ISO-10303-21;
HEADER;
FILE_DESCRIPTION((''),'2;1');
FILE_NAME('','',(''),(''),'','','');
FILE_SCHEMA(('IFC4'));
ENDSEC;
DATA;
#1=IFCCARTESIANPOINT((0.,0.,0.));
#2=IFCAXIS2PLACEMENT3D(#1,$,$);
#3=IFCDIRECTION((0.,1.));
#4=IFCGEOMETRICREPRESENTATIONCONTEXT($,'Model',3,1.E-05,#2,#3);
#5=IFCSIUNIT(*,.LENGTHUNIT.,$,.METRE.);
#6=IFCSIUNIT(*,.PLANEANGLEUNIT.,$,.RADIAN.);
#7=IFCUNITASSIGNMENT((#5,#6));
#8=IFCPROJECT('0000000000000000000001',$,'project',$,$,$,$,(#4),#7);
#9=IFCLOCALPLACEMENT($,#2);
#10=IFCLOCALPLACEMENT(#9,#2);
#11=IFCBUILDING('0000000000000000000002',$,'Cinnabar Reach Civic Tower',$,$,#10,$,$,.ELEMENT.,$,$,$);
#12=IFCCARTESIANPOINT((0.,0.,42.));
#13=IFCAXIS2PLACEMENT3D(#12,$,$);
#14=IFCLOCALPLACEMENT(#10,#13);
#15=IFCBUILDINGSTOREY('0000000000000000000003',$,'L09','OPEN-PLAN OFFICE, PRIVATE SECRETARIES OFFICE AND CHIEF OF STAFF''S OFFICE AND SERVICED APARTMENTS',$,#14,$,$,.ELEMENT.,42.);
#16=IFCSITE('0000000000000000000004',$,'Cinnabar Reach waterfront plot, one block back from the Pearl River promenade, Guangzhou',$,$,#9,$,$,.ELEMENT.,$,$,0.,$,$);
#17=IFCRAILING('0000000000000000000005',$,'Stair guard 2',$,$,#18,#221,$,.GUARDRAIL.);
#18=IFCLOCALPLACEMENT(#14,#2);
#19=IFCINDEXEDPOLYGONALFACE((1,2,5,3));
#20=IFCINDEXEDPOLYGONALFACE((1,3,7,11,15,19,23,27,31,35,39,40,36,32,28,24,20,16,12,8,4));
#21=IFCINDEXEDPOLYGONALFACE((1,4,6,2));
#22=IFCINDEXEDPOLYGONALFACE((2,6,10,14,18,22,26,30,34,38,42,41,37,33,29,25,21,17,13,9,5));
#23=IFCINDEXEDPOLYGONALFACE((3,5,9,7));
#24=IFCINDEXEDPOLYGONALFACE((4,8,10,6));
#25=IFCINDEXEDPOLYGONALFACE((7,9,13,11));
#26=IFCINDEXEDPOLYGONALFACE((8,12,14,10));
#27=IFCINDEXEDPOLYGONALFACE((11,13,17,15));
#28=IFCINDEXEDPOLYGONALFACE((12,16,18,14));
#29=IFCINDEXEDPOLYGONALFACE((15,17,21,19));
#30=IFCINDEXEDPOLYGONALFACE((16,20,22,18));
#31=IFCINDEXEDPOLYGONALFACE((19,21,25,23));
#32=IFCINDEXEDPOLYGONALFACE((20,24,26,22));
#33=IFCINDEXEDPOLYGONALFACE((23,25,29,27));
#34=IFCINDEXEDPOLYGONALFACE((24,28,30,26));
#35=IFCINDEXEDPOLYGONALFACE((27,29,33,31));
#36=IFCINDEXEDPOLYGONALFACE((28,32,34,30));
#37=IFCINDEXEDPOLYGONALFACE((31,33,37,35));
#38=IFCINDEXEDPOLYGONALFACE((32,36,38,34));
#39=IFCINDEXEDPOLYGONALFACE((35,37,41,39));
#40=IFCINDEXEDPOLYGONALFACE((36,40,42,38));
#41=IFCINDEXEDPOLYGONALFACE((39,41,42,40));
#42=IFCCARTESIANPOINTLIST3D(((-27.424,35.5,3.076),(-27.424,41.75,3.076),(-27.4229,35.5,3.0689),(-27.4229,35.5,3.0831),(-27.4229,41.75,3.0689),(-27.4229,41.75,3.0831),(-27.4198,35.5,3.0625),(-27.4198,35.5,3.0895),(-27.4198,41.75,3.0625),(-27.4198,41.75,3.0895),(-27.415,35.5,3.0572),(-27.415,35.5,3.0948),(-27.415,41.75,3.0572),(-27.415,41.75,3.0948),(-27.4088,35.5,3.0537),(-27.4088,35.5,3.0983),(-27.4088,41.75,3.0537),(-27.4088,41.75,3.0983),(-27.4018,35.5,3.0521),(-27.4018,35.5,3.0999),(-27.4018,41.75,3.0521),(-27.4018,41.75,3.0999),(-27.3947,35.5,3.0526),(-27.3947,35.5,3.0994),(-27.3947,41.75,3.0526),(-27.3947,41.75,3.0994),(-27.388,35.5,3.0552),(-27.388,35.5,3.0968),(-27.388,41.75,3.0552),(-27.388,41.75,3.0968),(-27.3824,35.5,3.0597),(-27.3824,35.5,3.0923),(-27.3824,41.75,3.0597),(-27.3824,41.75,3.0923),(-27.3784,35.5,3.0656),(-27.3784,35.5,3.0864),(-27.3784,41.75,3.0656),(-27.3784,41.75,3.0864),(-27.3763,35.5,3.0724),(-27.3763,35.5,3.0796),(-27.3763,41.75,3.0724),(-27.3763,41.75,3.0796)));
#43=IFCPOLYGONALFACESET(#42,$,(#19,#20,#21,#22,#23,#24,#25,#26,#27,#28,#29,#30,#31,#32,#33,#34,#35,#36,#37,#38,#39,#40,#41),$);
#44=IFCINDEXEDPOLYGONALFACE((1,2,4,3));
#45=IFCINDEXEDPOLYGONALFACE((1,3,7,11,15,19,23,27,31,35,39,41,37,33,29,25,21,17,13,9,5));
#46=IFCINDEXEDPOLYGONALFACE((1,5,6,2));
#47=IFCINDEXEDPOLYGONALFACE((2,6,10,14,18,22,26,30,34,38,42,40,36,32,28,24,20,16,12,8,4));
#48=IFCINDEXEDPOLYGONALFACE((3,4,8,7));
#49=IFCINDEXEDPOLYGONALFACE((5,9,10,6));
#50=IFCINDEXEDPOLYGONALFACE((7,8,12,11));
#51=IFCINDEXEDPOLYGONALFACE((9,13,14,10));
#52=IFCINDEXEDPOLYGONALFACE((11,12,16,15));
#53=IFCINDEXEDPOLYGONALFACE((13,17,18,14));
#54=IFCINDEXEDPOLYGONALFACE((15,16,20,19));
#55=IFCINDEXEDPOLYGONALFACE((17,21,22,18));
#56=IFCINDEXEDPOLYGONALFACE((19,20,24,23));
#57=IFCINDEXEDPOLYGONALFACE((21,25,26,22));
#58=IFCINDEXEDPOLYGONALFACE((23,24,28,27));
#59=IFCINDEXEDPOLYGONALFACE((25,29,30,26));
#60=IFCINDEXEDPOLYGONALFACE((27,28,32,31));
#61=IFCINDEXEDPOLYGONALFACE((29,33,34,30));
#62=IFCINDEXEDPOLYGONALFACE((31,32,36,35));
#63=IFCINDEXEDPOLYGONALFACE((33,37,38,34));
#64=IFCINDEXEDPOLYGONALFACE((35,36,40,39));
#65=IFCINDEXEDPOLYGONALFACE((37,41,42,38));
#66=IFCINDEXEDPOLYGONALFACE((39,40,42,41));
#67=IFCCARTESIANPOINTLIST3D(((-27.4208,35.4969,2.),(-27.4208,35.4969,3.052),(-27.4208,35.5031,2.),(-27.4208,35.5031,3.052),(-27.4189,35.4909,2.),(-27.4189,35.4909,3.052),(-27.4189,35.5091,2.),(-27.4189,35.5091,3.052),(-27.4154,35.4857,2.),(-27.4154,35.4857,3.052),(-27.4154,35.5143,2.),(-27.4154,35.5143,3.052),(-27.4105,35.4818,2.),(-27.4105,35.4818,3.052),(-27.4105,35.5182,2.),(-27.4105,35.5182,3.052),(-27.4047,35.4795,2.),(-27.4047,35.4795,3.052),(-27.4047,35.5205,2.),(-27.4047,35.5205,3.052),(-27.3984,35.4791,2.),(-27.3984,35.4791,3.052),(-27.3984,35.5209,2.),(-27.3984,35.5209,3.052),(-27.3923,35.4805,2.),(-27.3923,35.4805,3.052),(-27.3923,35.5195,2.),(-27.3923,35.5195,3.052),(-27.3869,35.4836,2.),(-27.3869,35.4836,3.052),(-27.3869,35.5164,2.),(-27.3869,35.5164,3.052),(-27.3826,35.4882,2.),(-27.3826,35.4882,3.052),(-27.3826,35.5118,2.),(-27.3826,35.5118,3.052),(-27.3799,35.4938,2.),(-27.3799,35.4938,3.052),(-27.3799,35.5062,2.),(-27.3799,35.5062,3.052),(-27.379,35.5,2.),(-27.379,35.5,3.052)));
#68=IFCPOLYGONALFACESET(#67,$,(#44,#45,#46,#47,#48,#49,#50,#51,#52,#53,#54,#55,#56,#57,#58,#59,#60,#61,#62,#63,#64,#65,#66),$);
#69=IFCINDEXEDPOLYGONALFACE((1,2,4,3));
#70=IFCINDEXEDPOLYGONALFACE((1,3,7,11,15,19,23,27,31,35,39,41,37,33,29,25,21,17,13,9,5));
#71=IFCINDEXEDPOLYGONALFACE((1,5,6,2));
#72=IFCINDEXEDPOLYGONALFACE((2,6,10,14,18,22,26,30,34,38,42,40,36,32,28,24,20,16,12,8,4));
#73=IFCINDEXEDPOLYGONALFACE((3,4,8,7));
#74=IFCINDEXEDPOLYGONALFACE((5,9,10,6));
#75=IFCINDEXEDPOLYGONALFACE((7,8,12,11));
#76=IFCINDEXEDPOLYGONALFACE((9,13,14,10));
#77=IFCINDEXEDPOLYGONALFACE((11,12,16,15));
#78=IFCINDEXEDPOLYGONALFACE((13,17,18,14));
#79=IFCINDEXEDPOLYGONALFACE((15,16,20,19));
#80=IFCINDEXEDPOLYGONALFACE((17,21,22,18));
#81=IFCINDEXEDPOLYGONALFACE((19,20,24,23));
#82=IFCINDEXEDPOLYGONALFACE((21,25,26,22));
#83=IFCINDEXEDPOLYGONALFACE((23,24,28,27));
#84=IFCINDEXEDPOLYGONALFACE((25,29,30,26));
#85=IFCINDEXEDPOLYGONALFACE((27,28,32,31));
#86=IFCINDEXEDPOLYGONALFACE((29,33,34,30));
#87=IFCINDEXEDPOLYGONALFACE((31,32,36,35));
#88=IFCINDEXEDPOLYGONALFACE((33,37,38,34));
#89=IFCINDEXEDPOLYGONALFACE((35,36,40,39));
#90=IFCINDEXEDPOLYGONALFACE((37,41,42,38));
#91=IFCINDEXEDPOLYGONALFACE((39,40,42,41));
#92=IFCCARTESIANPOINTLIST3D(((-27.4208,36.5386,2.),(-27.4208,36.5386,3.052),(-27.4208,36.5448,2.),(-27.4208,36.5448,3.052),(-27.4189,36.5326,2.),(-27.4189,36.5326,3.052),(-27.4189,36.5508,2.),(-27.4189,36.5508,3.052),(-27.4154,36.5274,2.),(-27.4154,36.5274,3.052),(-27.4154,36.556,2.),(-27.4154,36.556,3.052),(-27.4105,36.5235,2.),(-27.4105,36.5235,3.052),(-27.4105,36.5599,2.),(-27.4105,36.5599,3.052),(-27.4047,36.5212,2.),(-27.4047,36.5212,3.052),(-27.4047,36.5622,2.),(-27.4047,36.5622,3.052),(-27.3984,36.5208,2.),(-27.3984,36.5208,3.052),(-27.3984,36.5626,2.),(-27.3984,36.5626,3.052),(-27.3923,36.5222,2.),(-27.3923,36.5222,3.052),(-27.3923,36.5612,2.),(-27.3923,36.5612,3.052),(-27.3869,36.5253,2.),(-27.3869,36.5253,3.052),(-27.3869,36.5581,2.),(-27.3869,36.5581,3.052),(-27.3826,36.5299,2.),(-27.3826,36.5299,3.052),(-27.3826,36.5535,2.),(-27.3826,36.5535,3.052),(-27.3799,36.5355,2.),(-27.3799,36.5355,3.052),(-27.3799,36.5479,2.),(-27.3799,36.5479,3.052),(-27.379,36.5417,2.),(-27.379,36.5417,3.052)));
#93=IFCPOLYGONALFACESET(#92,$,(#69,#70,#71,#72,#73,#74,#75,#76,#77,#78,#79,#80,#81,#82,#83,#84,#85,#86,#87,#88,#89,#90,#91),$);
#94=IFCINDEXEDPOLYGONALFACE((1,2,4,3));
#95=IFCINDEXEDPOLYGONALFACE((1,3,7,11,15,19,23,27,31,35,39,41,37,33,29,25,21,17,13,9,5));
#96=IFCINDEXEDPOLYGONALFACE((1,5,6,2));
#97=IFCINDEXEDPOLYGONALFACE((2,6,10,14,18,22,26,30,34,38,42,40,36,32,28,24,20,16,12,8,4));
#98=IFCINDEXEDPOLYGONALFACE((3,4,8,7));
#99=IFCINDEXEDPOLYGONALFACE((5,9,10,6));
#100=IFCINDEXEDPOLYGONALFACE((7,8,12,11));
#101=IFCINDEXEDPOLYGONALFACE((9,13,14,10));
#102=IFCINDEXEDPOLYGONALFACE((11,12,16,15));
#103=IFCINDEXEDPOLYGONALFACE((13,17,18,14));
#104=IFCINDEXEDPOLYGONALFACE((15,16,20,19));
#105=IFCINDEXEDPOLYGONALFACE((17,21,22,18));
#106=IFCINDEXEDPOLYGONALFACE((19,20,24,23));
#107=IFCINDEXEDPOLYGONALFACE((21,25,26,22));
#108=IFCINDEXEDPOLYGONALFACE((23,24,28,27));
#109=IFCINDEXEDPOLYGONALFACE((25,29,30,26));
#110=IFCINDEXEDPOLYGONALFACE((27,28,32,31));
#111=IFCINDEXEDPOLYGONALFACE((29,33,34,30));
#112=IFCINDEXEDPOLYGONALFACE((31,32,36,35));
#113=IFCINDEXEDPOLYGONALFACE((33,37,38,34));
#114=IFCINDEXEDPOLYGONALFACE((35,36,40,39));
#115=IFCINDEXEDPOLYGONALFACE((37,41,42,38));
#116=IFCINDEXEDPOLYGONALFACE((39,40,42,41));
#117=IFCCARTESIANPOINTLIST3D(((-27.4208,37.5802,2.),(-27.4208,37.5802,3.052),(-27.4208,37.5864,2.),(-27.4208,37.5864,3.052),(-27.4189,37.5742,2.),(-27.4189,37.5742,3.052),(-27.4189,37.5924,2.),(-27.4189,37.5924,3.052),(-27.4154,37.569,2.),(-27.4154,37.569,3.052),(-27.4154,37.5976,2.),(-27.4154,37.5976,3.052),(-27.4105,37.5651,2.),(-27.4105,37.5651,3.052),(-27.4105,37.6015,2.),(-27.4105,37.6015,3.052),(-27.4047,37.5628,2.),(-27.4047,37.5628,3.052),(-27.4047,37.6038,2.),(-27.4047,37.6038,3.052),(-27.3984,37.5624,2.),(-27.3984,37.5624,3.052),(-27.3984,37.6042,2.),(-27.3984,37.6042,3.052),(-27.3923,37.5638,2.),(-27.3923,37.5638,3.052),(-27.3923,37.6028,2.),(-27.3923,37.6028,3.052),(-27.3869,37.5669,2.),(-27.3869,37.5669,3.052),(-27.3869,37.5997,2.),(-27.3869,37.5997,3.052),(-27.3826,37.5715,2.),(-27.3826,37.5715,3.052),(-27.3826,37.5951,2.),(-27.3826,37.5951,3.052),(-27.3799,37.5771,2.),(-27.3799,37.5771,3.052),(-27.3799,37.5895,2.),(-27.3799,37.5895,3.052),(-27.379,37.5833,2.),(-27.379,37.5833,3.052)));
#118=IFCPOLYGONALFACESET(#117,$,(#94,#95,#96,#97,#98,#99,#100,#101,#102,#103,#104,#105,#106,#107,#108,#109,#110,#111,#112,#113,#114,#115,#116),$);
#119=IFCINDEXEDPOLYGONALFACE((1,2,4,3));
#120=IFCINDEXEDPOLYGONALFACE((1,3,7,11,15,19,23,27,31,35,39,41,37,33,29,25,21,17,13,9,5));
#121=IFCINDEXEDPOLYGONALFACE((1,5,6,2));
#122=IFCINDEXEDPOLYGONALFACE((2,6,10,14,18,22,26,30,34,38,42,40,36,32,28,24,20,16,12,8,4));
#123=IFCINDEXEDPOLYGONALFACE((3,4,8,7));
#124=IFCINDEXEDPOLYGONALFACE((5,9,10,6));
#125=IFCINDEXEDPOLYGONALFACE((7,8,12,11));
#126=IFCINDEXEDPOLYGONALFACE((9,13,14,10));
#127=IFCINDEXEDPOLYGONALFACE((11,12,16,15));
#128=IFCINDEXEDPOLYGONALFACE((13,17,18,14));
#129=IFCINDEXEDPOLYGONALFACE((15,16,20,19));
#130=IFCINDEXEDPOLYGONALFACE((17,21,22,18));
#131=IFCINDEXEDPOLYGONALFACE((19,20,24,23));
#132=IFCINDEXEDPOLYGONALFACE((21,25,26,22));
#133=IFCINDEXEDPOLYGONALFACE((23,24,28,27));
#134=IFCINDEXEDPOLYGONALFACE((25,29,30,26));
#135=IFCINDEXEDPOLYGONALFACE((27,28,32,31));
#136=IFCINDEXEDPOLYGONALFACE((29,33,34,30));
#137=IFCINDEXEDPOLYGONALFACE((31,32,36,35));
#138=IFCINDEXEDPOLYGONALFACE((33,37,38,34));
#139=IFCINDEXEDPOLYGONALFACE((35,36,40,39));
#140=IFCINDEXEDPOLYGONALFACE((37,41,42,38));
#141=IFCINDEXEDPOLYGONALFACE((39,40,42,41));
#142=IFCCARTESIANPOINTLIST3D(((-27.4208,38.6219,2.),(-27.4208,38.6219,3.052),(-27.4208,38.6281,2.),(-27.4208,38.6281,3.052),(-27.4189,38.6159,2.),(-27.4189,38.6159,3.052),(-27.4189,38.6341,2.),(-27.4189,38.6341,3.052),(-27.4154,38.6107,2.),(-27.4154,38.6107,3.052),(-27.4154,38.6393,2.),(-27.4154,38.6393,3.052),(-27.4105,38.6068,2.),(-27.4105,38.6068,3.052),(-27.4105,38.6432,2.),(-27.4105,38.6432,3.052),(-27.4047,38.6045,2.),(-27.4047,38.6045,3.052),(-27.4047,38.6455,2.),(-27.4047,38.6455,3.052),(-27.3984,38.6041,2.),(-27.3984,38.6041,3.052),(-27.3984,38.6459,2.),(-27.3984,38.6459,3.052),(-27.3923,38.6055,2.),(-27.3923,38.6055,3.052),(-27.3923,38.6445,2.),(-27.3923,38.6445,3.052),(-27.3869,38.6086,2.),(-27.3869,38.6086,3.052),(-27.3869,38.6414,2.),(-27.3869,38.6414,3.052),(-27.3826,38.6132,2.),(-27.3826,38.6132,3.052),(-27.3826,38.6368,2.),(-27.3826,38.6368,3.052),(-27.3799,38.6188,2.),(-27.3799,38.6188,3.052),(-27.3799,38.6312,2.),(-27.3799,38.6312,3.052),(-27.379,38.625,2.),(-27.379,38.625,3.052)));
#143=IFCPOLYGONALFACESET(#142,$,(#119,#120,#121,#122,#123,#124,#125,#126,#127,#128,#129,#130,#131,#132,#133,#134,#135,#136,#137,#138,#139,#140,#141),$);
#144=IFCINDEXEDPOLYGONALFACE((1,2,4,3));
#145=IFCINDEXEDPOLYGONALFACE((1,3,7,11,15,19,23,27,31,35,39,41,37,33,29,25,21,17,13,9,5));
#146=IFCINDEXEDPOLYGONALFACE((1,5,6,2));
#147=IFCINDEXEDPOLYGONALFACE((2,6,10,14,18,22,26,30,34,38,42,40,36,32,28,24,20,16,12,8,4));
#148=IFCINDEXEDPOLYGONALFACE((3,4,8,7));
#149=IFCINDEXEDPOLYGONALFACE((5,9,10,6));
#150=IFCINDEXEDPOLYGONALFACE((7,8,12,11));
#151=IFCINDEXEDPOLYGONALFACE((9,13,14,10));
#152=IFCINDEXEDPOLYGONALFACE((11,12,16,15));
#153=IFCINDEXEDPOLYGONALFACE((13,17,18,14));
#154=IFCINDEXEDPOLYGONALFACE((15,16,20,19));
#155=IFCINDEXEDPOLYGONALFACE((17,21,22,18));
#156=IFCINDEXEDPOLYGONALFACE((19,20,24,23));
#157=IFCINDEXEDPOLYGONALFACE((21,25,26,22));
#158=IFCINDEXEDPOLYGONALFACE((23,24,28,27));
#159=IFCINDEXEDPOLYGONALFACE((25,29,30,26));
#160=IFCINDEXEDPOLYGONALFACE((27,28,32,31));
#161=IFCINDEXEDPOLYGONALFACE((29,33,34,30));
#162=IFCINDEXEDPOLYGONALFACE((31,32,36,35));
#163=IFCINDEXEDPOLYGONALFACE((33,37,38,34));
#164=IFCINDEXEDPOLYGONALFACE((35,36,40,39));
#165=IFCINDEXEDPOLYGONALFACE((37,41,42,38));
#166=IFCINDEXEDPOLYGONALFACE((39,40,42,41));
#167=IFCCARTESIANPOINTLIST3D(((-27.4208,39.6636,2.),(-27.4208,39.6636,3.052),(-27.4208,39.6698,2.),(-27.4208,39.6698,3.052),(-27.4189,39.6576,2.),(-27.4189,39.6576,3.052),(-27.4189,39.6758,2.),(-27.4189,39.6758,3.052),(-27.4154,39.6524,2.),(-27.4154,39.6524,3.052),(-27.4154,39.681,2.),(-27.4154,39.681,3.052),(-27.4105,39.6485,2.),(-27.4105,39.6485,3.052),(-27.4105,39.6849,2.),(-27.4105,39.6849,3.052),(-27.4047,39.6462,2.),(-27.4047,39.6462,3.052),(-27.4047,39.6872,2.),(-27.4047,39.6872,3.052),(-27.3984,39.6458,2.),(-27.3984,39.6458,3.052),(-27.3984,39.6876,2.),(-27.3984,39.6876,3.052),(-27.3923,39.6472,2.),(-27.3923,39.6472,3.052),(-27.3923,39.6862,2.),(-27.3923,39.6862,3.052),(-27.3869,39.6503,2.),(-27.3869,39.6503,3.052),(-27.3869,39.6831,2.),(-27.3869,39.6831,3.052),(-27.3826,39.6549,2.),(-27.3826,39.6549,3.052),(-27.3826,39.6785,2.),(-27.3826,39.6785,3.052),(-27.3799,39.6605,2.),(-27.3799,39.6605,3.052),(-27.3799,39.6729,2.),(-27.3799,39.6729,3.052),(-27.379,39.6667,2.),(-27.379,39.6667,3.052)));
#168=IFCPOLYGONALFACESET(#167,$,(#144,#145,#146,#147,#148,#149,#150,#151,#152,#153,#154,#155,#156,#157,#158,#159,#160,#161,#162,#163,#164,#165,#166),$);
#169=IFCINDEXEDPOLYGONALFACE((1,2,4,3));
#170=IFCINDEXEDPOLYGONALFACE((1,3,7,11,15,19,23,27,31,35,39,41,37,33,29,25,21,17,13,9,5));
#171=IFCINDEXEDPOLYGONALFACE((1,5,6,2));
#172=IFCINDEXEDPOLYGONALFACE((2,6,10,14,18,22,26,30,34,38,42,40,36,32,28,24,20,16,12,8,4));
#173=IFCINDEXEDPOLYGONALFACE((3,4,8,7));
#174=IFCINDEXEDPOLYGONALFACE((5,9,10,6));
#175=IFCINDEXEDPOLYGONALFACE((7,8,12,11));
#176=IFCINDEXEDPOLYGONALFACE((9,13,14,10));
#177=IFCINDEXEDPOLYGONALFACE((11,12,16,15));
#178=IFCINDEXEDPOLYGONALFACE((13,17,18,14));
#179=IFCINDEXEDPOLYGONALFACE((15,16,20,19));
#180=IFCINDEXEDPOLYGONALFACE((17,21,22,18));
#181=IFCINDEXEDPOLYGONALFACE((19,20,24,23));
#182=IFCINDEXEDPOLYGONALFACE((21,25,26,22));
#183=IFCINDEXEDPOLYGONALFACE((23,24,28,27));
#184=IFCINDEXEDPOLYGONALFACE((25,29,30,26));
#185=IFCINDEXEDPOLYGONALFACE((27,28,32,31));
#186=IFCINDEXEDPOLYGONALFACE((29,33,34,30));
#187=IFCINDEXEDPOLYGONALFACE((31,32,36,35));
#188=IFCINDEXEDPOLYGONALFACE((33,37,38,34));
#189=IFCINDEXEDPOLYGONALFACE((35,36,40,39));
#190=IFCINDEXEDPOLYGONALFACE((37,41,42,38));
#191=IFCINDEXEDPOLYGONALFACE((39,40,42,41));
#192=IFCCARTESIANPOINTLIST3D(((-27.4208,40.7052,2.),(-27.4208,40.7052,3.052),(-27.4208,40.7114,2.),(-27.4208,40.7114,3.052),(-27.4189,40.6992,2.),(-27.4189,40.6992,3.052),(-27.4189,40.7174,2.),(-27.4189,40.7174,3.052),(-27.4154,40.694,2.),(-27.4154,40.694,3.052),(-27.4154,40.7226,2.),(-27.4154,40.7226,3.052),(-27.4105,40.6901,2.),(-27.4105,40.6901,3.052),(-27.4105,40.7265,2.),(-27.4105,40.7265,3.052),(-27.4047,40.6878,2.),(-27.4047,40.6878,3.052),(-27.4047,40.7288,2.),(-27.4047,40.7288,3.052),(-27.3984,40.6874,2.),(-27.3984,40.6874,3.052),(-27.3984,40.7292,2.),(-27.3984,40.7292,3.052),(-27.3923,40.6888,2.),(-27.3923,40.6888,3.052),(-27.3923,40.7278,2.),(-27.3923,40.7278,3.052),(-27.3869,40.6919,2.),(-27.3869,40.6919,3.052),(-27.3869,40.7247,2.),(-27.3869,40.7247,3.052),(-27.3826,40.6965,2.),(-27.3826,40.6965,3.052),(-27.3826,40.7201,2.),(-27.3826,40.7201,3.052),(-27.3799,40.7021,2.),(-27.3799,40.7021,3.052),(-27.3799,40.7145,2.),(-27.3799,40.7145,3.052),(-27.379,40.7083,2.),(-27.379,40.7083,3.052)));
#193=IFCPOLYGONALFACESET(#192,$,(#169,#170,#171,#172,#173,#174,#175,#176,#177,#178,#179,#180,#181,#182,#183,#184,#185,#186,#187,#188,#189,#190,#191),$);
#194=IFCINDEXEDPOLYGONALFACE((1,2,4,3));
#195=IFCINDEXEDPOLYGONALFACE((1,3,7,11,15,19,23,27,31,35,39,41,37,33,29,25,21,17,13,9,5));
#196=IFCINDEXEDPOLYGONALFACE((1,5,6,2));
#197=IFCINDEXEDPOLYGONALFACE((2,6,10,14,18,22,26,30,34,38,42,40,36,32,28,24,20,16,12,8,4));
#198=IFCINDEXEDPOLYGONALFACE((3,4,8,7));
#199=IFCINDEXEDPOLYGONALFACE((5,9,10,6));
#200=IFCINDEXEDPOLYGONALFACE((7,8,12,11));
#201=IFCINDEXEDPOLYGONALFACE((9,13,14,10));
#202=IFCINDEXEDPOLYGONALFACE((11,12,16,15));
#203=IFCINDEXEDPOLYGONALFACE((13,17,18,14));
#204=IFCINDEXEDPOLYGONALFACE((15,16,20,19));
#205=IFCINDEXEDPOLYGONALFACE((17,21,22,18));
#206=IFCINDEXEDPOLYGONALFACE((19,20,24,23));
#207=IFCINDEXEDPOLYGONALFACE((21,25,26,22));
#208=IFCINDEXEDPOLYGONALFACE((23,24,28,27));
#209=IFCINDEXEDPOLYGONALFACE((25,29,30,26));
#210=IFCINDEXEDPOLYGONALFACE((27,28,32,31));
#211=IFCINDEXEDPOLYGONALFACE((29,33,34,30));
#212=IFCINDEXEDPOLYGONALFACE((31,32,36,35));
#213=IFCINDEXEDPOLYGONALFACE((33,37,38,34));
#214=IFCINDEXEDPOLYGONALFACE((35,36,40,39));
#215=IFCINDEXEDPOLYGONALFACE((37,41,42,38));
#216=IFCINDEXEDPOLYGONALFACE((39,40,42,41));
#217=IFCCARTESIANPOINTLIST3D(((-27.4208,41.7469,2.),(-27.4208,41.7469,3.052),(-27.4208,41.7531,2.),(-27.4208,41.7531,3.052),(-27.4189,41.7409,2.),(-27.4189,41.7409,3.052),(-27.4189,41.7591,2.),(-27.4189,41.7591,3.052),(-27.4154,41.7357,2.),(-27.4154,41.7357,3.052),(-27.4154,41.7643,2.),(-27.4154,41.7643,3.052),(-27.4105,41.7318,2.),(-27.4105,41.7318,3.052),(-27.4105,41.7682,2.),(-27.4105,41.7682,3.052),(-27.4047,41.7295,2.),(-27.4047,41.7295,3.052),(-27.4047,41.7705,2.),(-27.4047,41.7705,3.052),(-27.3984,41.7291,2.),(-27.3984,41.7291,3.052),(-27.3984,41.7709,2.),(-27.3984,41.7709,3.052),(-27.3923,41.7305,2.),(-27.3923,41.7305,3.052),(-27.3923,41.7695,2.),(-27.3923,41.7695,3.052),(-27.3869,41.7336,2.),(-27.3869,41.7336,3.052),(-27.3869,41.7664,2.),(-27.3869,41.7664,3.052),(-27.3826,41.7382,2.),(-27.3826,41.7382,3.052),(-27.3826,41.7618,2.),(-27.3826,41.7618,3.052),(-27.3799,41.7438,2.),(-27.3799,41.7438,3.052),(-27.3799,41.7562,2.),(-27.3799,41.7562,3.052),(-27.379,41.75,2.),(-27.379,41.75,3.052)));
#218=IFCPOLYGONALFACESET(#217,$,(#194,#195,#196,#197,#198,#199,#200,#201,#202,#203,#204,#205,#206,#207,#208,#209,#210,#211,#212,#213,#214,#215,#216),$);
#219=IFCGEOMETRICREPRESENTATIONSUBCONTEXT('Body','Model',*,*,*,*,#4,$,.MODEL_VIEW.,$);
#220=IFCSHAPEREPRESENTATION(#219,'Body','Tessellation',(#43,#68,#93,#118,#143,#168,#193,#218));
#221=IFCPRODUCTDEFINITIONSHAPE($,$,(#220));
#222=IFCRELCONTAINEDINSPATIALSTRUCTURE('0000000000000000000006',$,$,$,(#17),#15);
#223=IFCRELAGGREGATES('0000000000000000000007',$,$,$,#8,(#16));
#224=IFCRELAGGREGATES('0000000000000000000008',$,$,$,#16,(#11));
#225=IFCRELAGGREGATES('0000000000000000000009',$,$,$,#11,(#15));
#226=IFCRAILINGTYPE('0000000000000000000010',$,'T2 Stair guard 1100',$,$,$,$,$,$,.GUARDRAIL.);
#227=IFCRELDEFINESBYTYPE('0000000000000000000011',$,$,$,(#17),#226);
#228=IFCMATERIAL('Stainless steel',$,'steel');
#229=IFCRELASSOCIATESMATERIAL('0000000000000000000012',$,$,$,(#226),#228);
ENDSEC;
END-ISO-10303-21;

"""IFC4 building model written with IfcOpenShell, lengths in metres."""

from ifc_helpers import new_model, si_unit, direction, frame, origin, origin_2d, place, context, subcontext, project, spatial, circle, extrude, material, type_object, element, save


model = new_model("IFC4")

# Units and contexts
model_context = context("Model", 3, precision=1e-05, world=origin(), true_north=direction((0.0, 1.0)))
body_context = subcontext(model_context, "Body", "Model", "MODEL_VIEW")
ifc_project = project(units=[si_unit("LENGTHUNIT", "METRE"), si_unit("PLANEANGLEUNIT", "RADIAN")], contexts=[model_context])

# Site, building, storey
site_placement = place(None, origin())
site = spatial("IfcSite", under=ifc_project, at=site_placement, Name="Cinnabar Reach waterfront plot, one block back from the Pearl River promenade, Guangzhou", CompositionType="ELEMENT", RefElevation=0.0)
building_placement = place(site_placement, origin())
building = spatial("IfcBuilding", under=site, at=building_placement, Name="Cinnabar Reach Civic Tower", CompositionType="ELEMENT")
storey_placement = place(building_placement, frame((0.0, 0.0, 42.0)))
storey = spatial("IfcBuildingStorey", under=building, at=storey_placement, Name="L09", Description="OPEN-PLAN OFFICE, PRIVATE SECRETARIES OFFICE AND CHIEF OF STAFF'S OFFICE AND SERVICED APARTMENTS", CompositionType="ELEMENT", Elevation=42.0)

# Railing
ifc_material_1 = material(Name="Stainless steel", Category="steel")
railing_type = type_object("IfcRailingType", Name="T2 Stair guard 1100", PredefinedType="GUARDRAIL", material=ifc_material_1)
for number, where, name in (
    (1, (-27.4, 35.5, 2.0), "Stair guard 2"),
):
    element("IfcRailing", number, at=place(storey_placement, frame(where)), inside=storey, type_object=railing_type, Name=name, PredefinedType="GUARDRAIL", context=body_context, shape_type="SweptSolid", body=[
        extrude(circle(Radius=0.024, at=origin_2d()), frame((0.0, 0.0, 1.076), z_axis=(0.0, 1.0, 0.0), x_axis=(-1.0, 0.0, 0.0)), (0.0, 0.0, 1.0), 6.25),
        extrude(circle(Radius=0.021, at=origin_2d()), origin(), (0.0, 0.0, 1.0), 1.052),
        extrude(circle(Radius=0.021, at=origin_2d()), frame((0.0, 1.0417, 0.0)), (0.0, 0.0, 1.0), 1.052),
        extrude(circle(Radius=0.021, at=origin_2d()), frame((0.0, 2.0833, 0.0)), (0.0, 0.0, 1.0), 1.052),
        extrude(circle(Radius=0.021, at=origin_2d()), frame((0.0, 3.125, 0.0)), (0.0, 0.0, 1.0), 1.052),
        extrude(circle(Radius=0.021, at=origin_2d()), frame((0.0, 4.1667, 0.0)), (0.0, 0.0, 1.0), 1.052),
        extrude(circle(Radius=0.021, at=origin_2d()), frame((0.0, 5.2083, 0.0)), (0.0, 0.0, 1.0), 1.052),
        extrude(circle(Radius=0.021, at=origin_2d()), frame((0.0, 6.25, 0.0)), (0.0, 0.0, 1.0), 1.052),
    ])

save(model, "model.ifc")
